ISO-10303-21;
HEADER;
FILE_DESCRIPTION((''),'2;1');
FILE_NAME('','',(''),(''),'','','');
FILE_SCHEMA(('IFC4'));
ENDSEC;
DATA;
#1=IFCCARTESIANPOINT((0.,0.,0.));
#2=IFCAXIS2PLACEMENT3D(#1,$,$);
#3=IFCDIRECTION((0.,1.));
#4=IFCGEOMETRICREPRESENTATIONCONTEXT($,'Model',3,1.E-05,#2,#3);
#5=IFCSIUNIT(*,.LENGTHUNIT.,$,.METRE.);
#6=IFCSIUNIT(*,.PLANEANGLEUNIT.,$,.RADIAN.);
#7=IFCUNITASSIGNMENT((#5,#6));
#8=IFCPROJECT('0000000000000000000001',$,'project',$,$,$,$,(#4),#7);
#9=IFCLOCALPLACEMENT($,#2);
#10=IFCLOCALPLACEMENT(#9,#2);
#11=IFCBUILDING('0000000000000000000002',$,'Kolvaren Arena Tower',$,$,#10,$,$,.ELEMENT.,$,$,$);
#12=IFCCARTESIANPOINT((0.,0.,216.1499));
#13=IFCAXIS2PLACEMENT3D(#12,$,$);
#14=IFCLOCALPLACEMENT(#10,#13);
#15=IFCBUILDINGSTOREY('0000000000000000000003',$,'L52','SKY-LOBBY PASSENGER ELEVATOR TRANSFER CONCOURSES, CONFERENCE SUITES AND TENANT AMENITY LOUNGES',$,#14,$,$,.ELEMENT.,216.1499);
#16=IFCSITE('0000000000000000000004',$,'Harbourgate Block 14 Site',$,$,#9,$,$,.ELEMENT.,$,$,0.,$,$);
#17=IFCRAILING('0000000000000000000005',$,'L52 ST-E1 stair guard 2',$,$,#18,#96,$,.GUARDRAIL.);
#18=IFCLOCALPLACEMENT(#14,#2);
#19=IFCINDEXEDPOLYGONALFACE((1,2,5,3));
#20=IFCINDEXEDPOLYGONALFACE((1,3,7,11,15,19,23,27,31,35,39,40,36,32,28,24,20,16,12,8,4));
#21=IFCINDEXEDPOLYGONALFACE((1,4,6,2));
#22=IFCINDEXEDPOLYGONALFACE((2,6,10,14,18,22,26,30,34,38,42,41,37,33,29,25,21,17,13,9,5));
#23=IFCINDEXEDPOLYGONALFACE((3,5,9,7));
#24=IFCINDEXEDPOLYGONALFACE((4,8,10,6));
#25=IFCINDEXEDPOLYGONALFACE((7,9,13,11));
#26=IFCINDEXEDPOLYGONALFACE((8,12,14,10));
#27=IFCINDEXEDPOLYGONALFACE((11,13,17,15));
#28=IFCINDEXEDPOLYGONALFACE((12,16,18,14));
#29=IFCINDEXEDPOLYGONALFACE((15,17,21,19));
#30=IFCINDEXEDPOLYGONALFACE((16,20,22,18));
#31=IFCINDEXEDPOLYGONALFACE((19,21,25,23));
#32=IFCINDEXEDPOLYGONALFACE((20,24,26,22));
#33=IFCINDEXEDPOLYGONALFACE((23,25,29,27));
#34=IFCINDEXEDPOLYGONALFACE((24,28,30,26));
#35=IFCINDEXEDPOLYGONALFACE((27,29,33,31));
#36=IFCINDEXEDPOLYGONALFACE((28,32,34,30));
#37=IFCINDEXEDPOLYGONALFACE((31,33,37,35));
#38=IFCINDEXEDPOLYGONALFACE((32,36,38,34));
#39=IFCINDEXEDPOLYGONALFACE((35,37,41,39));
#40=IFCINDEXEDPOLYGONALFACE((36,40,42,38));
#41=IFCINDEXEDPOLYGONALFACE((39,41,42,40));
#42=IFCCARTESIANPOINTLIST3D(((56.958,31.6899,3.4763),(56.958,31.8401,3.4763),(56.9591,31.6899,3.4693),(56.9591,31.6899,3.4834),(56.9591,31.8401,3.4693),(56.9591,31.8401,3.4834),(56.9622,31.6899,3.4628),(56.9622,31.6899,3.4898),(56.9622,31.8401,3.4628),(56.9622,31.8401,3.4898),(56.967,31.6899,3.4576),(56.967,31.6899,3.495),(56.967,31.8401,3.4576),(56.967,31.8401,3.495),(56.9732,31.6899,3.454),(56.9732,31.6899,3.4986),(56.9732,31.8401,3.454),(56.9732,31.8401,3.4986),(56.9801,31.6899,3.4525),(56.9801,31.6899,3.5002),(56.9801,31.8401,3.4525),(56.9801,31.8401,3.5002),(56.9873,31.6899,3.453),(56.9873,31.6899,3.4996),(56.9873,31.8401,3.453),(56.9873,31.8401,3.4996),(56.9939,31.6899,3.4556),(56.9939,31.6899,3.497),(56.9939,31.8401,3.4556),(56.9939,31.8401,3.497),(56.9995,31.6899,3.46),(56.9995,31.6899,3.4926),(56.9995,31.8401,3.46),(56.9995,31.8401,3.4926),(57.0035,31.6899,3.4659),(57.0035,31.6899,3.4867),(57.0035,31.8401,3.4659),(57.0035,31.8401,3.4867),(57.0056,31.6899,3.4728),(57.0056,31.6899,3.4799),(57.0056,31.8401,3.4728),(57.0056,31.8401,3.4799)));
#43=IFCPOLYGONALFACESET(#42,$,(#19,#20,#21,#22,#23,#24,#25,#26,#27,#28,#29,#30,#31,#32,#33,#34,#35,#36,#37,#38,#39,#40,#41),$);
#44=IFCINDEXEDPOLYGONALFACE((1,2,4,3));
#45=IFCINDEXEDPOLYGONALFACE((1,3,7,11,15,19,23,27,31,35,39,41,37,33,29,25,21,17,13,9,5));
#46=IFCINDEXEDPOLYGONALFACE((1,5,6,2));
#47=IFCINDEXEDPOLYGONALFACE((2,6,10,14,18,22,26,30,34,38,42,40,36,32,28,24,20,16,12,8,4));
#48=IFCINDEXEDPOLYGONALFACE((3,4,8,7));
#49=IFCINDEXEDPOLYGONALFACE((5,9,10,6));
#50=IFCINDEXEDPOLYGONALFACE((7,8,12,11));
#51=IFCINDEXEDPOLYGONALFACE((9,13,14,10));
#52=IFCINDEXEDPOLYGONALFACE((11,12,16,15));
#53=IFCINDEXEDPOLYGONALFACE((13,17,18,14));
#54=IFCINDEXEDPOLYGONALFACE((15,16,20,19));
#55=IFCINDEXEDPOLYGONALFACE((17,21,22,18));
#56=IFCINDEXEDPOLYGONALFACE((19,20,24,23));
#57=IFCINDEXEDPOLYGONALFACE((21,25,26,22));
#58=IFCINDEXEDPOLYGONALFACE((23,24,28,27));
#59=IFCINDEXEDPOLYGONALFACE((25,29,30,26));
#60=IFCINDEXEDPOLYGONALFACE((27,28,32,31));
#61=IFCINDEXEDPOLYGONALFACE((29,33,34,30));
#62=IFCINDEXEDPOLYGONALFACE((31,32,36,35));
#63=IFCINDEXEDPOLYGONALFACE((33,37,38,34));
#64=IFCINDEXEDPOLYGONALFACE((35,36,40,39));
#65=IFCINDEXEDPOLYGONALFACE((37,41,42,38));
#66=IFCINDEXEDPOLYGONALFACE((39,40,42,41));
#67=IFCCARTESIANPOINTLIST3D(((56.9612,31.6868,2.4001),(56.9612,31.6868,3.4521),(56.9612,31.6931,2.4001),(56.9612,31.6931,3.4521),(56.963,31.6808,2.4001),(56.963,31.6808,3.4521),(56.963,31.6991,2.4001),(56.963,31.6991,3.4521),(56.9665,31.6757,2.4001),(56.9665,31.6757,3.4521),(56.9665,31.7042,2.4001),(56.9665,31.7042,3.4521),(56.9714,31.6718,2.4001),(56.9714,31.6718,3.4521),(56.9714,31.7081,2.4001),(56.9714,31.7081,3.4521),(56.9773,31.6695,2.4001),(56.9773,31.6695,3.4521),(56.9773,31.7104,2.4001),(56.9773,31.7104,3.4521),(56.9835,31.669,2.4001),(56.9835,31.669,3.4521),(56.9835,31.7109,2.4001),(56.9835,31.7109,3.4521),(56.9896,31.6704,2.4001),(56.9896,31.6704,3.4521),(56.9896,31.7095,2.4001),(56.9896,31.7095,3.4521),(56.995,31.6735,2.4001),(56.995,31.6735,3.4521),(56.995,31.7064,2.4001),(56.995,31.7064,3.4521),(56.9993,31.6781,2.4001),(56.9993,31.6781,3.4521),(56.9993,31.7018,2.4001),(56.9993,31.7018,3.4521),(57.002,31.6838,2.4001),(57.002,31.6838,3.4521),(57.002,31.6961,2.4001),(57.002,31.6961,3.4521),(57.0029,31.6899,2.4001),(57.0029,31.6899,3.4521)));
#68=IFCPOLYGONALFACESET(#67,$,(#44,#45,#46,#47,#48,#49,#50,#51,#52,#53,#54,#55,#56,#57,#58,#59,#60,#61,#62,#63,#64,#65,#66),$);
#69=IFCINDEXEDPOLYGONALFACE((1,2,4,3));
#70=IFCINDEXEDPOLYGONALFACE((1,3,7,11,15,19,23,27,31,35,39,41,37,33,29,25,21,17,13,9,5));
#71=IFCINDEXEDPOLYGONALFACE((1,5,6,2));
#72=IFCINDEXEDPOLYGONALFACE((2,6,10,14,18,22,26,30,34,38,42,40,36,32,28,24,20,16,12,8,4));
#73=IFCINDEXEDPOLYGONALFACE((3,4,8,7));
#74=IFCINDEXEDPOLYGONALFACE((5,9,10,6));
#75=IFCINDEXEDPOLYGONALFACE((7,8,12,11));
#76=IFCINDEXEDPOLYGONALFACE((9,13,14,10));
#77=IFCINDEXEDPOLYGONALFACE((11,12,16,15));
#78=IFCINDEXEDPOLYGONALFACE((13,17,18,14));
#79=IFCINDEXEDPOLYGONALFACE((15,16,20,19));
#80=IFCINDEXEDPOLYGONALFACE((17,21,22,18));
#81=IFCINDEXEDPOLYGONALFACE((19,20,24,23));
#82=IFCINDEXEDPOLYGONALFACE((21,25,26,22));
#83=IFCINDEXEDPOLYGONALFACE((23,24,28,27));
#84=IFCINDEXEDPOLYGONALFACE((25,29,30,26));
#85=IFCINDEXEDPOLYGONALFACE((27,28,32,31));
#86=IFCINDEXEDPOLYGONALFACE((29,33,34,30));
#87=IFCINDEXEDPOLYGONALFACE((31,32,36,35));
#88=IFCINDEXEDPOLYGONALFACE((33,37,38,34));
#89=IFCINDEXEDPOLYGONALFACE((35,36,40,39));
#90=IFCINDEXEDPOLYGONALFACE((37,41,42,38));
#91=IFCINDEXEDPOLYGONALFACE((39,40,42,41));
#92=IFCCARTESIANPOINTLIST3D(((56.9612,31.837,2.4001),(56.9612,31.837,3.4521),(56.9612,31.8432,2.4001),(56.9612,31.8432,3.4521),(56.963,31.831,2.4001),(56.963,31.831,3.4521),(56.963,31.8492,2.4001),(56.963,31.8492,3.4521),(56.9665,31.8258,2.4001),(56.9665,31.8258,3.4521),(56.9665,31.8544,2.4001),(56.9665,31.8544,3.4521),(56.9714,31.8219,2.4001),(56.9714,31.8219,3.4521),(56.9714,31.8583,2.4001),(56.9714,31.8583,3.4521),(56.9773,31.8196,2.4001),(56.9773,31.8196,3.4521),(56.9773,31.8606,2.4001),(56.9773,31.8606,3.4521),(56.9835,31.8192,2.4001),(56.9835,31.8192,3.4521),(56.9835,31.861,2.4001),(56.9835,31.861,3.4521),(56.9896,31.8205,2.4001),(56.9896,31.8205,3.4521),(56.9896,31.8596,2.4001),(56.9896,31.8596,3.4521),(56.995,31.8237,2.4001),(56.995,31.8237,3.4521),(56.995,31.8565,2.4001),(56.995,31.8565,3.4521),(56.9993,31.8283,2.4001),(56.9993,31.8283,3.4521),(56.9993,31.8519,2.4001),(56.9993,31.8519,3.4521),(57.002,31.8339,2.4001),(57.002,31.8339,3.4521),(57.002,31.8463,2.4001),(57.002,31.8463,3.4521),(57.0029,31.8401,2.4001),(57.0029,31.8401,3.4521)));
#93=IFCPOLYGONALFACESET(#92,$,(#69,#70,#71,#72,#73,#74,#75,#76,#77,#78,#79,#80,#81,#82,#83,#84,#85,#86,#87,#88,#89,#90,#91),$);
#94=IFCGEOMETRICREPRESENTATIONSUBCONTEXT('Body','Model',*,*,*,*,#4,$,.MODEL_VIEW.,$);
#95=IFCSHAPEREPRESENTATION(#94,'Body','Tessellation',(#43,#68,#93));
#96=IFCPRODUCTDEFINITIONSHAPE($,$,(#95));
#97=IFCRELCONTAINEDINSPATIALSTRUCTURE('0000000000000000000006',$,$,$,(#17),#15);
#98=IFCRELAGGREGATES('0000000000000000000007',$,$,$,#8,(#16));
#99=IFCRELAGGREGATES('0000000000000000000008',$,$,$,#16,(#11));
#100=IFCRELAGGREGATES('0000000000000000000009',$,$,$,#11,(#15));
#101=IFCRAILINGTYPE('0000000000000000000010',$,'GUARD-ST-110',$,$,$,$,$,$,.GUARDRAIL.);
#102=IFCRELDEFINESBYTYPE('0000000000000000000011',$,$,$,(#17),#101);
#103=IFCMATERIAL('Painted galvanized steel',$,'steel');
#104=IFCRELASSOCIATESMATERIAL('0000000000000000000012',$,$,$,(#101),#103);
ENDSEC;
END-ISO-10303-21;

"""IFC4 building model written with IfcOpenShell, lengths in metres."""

from ifc_helpers import new_model, si_unit, direction, frame, origin, origin_2d, place, context, subcontext, project, spatial, circle, extrude, material, type_object, element, save


model = new_model("IFC4")

# Units and contexts
model_context = context("Model", 3, precision=1e-05, world=origin(), true_north=direction((0.0, 1.0)))
body_context = subcontext(model_context, "Body", "Model", "MODEL_VIEW")
ifc_project = project(units=[si_unit("LENGTHUNIT", "METRE"), si_unit("PLANEANGLEUNIT", "RADIAN")], contexts=[model_context])

# Site, building, storey
site_placement = place(None, origin())
site = spatial("IfcSite", under=ifc_project, at=site_placement, Name="Harbourgate Block 14 Site", CompositionType="ELEMENT", RefElevation=0.0)
building_placement = place(site_placement, origin())
building = spatial("IfcBuilding", under=site, at=building_placement, Name="Kolvaren Arena Tower", CompositionType="ELEMENT")
storey_placement = place(building_placement, frame((0.0, 0.0, 216.1499)))
storey = spatial("IfcBuildingStorey", under=building, at=storey_placement, Name="L52", Description="SKY-LOBBY PASSENGER ELEVATOR TRANSFER CONCOURSES, CONFERENCE SUITES AND TENANT AMENITY LOUNGES", CompositionType="ELEMENT", Elevation=216.1499)

# Railing
ifc_material_1 = material(Name="Painted galvanized steel", Category="steel")
railing_type_1 = type_object("IfcRailingType", Name="GUARD-ST-110", PredefinedType="GUARDRAIL", material=ifc_material_1)
railing_1_placement = place(storey_placement, frame((56.9819, 31.6899, 2.4001)))
element("IfcRailing", 1, at=railing_1_placement, inside=storey, type_object=railing_type_1, Name="L52 ST-E1 stair guard 2", PredefinedType="GUARDRAIL", context=body_context, shape_type="SweptSolid", body=[
    extrude(circle(Radius=0.0239, at=origin_2d()), frame((0.0, 0.0, 1.0762), z_axis=(0.0, 1.0, 0.0), x_axis=(-1.0, 0.0, 0.0)), (0.0, 0.0, 1.0), 0.1501),
    extrude(circle(Radius=0.021, at=origin_2d()), origin(), (0.0, 0.0, 1.0), 1.052),
    extrude(circle(Radius=0.021, at=origin_2d()), frame((0.0, 0.1501, 0.0)), (0.0, 0.0, 1.0), 1.052),
])

save(model, "model.ifc")
